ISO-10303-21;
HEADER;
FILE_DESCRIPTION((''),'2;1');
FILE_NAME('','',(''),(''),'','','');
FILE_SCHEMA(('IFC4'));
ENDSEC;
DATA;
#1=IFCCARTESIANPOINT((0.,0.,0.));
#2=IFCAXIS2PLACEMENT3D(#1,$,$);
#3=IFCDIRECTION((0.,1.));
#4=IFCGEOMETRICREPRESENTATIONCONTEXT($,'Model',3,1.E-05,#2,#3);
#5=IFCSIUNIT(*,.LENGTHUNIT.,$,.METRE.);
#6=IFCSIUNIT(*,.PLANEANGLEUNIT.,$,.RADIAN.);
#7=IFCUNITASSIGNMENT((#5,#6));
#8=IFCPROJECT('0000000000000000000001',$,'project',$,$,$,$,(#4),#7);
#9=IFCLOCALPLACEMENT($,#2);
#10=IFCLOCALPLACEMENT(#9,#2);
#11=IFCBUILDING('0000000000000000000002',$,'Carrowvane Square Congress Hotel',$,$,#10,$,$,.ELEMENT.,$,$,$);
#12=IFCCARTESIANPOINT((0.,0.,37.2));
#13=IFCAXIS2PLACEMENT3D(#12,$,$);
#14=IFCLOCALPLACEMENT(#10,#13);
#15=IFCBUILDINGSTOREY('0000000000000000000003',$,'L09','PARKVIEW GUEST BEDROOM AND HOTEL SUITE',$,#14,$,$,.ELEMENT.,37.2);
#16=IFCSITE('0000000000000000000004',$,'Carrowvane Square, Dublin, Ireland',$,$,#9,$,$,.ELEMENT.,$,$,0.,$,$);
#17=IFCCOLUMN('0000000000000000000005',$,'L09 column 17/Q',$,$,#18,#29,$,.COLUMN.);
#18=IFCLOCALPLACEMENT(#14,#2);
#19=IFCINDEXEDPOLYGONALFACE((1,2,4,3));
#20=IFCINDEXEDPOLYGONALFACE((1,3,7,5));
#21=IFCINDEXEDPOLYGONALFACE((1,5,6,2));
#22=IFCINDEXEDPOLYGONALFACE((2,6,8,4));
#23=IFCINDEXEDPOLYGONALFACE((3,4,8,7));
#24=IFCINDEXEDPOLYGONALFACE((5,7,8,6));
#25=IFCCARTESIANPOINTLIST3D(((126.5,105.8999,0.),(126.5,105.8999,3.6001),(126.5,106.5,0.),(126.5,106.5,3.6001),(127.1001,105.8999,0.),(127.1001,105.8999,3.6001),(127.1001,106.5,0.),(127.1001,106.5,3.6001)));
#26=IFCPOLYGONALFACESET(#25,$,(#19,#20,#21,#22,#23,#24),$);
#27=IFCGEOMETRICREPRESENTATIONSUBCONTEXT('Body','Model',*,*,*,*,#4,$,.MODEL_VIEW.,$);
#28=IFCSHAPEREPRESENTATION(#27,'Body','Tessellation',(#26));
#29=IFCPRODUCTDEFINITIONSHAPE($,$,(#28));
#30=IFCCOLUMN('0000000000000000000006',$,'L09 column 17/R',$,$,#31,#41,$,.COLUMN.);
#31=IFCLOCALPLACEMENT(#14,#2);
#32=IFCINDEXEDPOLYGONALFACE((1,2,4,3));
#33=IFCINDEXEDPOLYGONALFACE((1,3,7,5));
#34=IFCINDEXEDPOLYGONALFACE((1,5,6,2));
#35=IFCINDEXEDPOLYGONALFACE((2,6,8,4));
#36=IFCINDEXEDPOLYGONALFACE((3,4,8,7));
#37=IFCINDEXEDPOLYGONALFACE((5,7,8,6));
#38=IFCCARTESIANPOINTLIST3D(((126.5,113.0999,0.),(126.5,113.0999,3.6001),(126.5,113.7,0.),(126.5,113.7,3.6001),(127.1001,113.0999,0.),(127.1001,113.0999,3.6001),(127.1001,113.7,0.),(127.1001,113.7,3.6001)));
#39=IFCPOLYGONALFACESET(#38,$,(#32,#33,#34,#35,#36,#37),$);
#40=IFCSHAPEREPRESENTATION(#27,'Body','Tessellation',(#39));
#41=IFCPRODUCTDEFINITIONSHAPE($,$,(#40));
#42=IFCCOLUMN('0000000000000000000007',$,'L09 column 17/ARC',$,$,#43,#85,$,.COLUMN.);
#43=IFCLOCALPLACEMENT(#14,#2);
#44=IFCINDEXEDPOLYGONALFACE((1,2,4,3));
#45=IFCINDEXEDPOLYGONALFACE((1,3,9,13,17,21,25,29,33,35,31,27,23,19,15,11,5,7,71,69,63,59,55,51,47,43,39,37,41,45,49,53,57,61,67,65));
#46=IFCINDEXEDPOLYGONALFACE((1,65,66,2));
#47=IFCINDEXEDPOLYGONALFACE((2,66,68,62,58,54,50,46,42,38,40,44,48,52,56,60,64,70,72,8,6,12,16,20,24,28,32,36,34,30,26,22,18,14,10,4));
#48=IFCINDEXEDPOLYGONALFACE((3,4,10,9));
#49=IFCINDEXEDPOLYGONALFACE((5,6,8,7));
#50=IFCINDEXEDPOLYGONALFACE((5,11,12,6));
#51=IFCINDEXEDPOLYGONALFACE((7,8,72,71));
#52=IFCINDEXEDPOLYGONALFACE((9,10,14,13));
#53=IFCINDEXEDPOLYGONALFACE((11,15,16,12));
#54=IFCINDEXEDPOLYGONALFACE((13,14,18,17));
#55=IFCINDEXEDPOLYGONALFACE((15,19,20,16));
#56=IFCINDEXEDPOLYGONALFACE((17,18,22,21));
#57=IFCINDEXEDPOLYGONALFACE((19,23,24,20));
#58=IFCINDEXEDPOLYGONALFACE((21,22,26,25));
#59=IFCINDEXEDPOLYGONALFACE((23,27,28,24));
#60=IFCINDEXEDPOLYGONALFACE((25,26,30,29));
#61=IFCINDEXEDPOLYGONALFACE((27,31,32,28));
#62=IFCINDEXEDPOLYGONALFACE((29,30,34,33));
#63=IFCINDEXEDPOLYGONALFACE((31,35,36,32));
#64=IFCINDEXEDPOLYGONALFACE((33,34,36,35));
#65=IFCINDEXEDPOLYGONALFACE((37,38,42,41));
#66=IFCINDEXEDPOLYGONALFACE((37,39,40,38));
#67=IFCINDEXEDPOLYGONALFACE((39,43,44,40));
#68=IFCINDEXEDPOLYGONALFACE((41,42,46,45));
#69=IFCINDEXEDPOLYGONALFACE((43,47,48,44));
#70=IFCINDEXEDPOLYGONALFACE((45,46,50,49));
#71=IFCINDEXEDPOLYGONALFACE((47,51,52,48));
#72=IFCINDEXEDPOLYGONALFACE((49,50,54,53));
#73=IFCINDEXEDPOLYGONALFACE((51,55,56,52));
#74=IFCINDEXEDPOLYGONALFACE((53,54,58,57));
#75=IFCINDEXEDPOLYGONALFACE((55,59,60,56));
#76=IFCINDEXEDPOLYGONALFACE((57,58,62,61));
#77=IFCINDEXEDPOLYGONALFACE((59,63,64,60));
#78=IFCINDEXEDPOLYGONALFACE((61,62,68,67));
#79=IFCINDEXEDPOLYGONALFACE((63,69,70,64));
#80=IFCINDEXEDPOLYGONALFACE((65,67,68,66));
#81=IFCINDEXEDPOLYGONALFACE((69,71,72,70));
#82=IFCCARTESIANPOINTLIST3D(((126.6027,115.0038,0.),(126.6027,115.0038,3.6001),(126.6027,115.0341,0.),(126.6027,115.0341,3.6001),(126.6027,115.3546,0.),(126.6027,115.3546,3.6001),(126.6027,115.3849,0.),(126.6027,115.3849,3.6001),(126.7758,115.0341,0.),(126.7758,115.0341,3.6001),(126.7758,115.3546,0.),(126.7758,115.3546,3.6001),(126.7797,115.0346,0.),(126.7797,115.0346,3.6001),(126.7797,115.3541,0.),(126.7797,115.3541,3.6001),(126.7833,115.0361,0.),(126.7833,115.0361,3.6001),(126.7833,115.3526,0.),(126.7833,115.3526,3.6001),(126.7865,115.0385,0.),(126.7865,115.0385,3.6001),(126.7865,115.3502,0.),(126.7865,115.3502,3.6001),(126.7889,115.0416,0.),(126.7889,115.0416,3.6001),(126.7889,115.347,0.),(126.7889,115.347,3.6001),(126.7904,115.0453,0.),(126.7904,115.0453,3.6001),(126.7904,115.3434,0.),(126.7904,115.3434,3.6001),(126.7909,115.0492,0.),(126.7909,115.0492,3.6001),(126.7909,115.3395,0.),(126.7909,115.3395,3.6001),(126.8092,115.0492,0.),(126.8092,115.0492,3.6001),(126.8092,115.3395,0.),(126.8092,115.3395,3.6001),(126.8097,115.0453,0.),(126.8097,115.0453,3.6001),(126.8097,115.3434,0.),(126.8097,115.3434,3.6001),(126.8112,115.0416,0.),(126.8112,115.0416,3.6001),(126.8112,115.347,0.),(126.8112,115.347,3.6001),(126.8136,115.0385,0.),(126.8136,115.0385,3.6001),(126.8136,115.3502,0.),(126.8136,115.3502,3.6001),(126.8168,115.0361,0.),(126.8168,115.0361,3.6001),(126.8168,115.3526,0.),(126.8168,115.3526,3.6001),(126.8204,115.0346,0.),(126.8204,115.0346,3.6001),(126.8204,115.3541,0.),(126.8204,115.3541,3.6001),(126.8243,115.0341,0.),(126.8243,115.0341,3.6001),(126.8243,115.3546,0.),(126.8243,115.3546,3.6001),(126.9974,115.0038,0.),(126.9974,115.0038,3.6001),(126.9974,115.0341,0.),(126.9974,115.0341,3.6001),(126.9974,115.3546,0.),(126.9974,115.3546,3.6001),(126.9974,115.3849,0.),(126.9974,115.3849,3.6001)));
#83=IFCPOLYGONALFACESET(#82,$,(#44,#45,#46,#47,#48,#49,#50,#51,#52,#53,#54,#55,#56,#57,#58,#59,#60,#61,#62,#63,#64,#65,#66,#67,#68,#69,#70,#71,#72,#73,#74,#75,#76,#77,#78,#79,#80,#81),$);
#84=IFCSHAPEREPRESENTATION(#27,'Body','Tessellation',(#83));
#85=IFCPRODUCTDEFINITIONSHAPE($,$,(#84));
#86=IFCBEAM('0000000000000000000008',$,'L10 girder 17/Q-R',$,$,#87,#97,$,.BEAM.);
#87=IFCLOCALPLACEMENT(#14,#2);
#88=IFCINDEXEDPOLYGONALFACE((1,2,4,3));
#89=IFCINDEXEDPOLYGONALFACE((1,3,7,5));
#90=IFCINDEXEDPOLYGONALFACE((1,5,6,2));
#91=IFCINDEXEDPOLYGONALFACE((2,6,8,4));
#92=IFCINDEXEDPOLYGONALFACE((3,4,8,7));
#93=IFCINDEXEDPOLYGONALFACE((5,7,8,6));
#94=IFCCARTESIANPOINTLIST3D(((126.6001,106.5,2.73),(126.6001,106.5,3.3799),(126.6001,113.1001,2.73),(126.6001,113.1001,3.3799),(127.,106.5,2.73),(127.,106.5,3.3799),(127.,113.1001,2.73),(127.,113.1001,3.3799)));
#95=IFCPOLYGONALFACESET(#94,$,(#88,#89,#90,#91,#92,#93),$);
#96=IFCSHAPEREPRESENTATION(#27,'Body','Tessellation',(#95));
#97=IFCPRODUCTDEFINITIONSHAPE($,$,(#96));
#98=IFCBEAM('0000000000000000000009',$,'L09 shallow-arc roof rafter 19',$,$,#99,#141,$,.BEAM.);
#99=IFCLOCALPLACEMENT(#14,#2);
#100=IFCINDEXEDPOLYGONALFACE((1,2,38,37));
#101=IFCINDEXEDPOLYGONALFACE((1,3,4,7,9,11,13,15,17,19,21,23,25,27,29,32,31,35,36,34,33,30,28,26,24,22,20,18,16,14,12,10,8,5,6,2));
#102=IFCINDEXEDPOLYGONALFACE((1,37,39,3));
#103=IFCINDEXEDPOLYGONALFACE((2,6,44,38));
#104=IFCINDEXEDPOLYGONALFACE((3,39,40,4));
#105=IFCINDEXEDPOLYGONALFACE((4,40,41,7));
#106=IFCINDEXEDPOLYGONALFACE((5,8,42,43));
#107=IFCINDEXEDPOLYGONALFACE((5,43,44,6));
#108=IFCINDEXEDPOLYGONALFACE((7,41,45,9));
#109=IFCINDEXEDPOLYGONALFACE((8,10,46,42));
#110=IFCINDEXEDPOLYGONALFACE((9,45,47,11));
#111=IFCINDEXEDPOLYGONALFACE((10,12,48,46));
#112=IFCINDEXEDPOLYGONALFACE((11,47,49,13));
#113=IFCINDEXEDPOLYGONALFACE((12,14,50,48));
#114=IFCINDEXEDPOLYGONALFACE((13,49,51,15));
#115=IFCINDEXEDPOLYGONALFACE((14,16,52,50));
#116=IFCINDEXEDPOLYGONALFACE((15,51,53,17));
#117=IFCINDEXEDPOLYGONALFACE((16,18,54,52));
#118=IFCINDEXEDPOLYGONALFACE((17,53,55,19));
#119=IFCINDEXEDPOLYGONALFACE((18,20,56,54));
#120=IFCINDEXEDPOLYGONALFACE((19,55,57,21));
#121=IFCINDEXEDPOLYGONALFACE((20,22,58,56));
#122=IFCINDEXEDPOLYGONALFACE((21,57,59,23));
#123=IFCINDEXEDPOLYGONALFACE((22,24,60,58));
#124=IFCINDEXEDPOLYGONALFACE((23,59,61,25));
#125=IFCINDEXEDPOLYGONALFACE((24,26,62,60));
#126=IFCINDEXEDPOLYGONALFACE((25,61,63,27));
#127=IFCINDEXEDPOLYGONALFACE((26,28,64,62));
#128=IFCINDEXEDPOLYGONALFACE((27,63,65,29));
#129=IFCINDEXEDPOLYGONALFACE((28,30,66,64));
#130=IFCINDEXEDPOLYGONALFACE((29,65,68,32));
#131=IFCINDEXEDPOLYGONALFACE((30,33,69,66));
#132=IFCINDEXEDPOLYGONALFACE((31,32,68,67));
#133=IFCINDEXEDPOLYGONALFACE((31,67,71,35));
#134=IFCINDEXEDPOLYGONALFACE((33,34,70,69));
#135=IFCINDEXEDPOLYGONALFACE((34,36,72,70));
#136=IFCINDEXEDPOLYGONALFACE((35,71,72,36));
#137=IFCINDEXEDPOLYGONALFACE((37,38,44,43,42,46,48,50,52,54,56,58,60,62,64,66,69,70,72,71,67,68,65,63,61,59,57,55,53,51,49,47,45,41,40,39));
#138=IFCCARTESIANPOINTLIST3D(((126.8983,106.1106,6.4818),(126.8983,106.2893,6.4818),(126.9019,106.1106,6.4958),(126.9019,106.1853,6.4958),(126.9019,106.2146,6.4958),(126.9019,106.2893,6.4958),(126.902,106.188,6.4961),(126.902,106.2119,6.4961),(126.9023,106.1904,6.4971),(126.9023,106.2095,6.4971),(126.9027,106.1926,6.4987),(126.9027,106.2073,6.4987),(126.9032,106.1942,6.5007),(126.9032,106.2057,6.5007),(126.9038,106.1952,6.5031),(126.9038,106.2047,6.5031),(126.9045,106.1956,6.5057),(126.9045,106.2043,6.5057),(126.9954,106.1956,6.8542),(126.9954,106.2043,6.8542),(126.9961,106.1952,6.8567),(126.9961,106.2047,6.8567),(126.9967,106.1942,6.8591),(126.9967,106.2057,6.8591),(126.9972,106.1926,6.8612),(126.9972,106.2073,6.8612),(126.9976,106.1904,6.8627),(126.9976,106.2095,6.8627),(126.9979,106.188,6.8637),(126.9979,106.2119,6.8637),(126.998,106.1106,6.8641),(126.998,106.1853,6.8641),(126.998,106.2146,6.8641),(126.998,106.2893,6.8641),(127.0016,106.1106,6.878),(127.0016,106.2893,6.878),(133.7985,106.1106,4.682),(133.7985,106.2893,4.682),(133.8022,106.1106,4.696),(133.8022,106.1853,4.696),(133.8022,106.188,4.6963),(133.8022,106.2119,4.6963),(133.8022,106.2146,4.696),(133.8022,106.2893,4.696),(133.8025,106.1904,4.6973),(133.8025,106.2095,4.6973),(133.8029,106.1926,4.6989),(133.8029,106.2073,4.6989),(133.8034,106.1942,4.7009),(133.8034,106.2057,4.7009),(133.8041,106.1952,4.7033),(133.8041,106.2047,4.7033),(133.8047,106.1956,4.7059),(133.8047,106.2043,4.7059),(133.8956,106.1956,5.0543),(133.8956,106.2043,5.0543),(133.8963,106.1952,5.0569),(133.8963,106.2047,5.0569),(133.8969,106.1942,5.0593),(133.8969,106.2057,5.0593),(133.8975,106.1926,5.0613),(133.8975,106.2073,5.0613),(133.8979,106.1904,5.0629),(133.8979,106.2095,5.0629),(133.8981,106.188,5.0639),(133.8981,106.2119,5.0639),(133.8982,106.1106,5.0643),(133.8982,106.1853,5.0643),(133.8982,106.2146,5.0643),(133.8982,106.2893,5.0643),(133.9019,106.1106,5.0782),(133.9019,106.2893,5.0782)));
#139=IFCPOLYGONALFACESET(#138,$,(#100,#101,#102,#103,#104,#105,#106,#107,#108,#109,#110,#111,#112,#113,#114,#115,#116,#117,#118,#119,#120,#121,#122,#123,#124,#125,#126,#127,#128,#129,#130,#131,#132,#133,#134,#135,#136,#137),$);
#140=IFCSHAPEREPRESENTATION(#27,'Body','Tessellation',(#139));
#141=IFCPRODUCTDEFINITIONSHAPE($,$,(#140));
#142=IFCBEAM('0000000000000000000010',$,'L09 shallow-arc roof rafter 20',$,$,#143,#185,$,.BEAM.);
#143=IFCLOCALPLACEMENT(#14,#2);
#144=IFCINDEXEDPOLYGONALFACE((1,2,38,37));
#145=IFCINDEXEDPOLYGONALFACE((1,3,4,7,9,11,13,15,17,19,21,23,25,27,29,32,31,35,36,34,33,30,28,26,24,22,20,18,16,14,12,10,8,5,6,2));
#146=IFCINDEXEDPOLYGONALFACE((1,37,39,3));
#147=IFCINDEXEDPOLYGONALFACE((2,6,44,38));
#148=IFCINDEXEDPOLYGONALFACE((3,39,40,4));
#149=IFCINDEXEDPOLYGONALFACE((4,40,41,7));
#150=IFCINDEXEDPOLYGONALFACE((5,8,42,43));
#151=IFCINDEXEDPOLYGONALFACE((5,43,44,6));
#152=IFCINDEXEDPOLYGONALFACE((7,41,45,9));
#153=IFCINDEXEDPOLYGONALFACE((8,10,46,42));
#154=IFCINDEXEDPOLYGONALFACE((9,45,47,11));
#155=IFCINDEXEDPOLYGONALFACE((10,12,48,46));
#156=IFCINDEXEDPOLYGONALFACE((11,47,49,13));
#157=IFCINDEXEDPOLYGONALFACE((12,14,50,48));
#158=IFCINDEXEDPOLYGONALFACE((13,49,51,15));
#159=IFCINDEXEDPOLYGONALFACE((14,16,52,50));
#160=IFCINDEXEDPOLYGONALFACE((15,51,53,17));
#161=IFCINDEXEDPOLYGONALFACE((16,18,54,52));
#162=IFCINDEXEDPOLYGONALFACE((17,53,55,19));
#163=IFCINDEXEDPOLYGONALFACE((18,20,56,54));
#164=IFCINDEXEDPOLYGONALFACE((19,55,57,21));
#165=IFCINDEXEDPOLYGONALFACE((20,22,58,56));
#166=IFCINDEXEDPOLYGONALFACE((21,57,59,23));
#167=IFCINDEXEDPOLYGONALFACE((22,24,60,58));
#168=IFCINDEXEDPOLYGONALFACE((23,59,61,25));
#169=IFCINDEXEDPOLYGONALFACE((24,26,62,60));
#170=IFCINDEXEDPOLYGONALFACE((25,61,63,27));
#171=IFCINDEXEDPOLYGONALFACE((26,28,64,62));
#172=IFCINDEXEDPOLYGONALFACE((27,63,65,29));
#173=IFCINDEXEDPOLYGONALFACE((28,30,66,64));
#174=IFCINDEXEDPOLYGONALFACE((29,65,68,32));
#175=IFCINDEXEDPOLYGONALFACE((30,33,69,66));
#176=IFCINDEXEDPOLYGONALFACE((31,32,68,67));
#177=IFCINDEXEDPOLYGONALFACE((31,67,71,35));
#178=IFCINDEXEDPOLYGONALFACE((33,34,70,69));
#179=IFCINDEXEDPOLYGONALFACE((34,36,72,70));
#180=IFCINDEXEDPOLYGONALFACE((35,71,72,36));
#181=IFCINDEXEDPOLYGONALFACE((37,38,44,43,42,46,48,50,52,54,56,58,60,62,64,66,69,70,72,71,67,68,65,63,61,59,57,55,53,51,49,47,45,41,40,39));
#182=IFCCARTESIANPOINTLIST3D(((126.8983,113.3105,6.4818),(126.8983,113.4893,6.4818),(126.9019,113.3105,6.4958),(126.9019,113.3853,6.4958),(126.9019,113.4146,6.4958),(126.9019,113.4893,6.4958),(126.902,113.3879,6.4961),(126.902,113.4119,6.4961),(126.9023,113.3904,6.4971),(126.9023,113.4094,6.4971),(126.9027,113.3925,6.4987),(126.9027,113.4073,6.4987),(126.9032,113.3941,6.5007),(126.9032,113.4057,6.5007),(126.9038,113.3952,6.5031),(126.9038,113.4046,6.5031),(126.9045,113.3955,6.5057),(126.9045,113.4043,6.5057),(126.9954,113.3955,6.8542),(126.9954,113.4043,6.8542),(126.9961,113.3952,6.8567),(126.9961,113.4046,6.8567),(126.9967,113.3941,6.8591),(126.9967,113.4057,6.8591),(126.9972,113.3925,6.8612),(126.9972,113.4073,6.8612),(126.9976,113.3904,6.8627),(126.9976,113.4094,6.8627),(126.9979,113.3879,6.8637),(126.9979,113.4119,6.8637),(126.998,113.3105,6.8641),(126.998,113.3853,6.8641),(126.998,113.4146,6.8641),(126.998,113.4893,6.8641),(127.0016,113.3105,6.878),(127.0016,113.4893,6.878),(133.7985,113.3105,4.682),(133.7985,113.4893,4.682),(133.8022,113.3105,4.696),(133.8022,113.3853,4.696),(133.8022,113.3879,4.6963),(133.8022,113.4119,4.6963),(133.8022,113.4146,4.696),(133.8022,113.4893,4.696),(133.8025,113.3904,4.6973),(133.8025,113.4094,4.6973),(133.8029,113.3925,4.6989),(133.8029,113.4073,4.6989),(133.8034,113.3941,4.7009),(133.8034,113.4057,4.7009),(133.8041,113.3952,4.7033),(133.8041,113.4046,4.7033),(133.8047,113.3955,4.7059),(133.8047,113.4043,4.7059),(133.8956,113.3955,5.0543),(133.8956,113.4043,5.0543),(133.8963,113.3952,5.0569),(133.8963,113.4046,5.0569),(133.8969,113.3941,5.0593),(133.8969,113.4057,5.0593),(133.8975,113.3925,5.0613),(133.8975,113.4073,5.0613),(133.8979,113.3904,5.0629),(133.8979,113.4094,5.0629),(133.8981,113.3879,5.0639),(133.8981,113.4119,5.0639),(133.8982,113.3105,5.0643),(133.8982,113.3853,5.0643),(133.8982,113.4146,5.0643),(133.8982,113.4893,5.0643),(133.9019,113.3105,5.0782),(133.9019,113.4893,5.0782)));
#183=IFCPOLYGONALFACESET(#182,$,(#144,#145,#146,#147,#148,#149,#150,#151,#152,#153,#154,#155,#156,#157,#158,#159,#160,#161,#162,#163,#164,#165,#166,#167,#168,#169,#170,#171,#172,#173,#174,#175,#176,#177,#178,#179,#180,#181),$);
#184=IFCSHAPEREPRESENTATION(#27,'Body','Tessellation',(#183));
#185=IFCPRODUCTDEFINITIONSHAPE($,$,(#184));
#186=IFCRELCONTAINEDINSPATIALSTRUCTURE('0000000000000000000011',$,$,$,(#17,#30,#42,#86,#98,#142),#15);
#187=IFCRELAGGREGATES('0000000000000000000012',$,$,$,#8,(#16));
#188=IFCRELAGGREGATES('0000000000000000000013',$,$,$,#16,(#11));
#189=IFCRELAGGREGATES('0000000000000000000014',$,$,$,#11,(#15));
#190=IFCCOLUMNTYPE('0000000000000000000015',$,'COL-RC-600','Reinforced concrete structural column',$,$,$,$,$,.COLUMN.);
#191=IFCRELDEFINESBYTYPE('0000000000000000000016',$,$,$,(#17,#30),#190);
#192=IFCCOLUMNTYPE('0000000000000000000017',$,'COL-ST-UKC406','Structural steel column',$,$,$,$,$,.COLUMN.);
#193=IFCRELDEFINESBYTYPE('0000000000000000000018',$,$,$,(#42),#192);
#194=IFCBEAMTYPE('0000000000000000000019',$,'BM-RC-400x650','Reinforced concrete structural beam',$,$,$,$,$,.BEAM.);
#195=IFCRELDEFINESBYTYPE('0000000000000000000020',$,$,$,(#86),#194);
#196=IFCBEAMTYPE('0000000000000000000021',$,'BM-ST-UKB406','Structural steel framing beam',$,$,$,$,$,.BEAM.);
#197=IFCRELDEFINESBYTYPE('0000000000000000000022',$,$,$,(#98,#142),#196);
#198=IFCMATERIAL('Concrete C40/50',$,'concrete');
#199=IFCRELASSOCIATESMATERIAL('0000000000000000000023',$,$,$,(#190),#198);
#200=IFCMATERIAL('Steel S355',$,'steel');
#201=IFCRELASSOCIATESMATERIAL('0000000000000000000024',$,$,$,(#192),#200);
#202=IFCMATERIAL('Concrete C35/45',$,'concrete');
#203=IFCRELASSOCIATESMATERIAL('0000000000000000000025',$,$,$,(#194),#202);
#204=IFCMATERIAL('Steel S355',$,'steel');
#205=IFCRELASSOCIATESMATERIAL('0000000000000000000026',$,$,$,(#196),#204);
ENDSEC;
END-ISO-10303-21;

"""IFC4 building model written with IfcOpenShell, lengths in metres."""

from ifc_helpers import new_model, si_unit, direction, frame, origin, origin_2d, place, context, subcontext, project, spatial, rectangle, i_section, extrude, material, material_profile, profile_set, type_object, element, save


model = new_model("IFC4")

# Units and contexts
model_context = context("Model", 3, precision=1e-05, world=origin(), true_north=direction((0.0, 1.0)))
body_context = subcontext(model_context, "Body", "Model", "MODEL_VIEW")
ifc_project = project(units=[si_unit("LENGTHUNIT", "METRE"), si_unit("PLANEANGLEUNIT", "RADIAN")], contexts=[model_context])

# Site, building, storey
site_placement = place(None, origin())
site = spatial("IfcSite", under=ifc_project, at=site_placement, Name="Carrowvane Square, Dublin, Ireland", CompositionType="ELEMENT", RefElevation=0.0)
building_placement = place(site_placement, origin())
building = spatial("IfcBuilding", under=site, at=building_placement, Name="Carrowvane Square Congress Hotel", CompositionType="ELEMENT")
storey_placement = place(building_placement, frame((0.0, 0.0, 37.2)))
storey = spatial("IfcBuildingStorey", under=building, at=storey_placement, Name="L09", Description="PARKVIEW GUEST BEDROOM AND HOTEL SUITE", CompositionType="ELEMENT", Elevation=37.2)

# Columns
ifc_material_1 = material(Name="Concrete C40/50", Category="concrete")
ifc_material_profile_1 = material_profile(ifc_material_1, rectangle(XDim=0.6001, YDim=0.6001, at=origin_2d()), Name="RC 600x600")
ifc_profile_set_1 = profile_set([ifc_material_profile_1], Name="Concrete C40/50")
column_type_1 = type_object("IfcColumnType", Name="COL-RC-600", Description="Reinforced concrete structural column", PredefinedType="COLUMN", material=ifc_profile_set_1)
for number, where, z_axis, x_axis, name in (
    (1, (126.8, 106.2, 0.0), (0.0, 0.0, 1.0), (1.0, 0.0, 0.0), "L09 column 17/Q"),
    (2, (126.8, 113.3999, 0.0), (0.0, 0.0, 1.0), (1.0, 0.0, 0.0), "L09 column 17/R"),
):
    element("IfcColumn", number, at=place(storey_placement, frame(where, z_axis=z_axis, x_axis=x_axis)), inside=storey, type_object=column_type_1, Name=name, PredefinedType="COLUMN", context=body_context, shape_type="SweptSolid", body=[
        extrude(rectangle(XDim=0.6001, YDim=0.6001, at=origin_2d()), origin(), (0.0, 0.0, 1.0), 3.6001),
    ])
ifc_material_2 = material(Name="Steel S355", Category="steel")
ifc_material_profile_2 = material_profile(ifc_material_2, i_section(OverallWidth=0.3948, OverallDepth=0.3811, WebThickness=0.0183, FlangeThickness=0.0303, FilletRadius=0.0151, at=origin_2d()), Name="UKC 356x406x235")
ifc_profile_set_2 = profile_set([ifc_material_profile_2], Name="Steel S355")
column_type_2 = type_object("IfcColumnType", Name="COL-ST-UKC406", Description="Structural steel column", PredefinedType="COLUMN", material=ifc_profile_set_2)
column_placement = place(storey_placement, frame((126.8, 115.1943, 0.0), z_axis=(0.0, 0.0, 1.0), x_axis=(1.0, 0.0, 0.0)))
element("IfcColumn", 3, at=column_placement, inside=storey, type_object=column_type_2, Name="L09 column 17/ARC", PredefinedType="COLUMN", context=body_context, shape_type="SweptSolid", body=[
    extrude(i_section(OverallWidth=0.3948, OverallDepth=0.3811, WebThickness=0.0183, FlangeThickness=0.0303, FilletRadius=0.0151, at=origin_2d()), origin(), (0.0, 0.0, 1.0), 3.6001),
])

# Beams
ifc_material_3 = material(Name="Concrete C35/45", Category="concrete")
ifc_material_profile_3 = material_profile(ifc_material_3, rectangle(XDim=0.3999, YDim=0.6499, at=origin_2d()), Name="RC 400x650")
ifc_profile_set_3 = profile_set([ifc_material_profile_3], Name="Concrete C35/45")
beam_type_1 = type_object("IfcBeamType", Name="BM-RC-400x650", Description="Reinforced concrete structural beam", PredefinedType="BEAM", material=ifc_profile_set_3)
beam_placement = place(storey_placement, frame((126.8, 106.5, 3.0549), z_axis=(0.0, 1.0, 0.0), x_axis=(-1.0, 0.0, 0.0)))
element("IfcBeam", 4, at=beam_placement, inside=storey, type_object=beam_type_1, Name="L10 girder 17/Q-R", PredefinedType="BEAM", context=body_context, shape_type="SweptSolid", body=[
    extrude(rectangle(XDim=0.3999, YDim=0.6499, at=origin_2d()), origin(), (0.0, 0.0, 1.0), 6.6001),
])
ifc_material_4 = material(Name="Steel S355", Category="steel")
ifc_material_profile_4 = material_profile(ifc_material_4, i_section(OverallWidth=0.1787, OverallDepth=0.4094, WebThickness=0.0088, FlangeThickness=0.0144, FilletRadius=0.0103, at=origin_2d()), Name="UKB 406x178x67")
ifc_profile_set_4 = profile_set([ifc_material_profile_4], Name="Steel S355")
beam_type_2 = type_object("IfcBeamType", Name="BM-ST-UKB406", Description="Structural steel framing beam", PredefinedType="BEAM", material=ifc_profile_set_4)
for number, where, z_axis, x_axis, name in (
    (5, (126.95, 106.2, 6.6799), (0.967625, 0.0, -0.252391), (0.0, 1.0, 0.0), "L09 shallow-arc roof rafter 19"),
    (6, (126.95, 113.3999, 6.6799), (0.967625, 0.0, -0.252391), (0.0, 1.0, 0.0), "L09 shallow-arc roof rafter 20"),
):
    element("IfcBeam", number, at=place(storey_placement, frame(where, z_axis=z_axis, x_axis=x_axis)), inside=storey, type_object=beam_type_2, Name=name, PredefinedType="BEAM", context=body_context, shape_type="SweptSolid", body=[
        extrude(i_section(OverallWidth=0.1787, OverallDepth=0.4094, WebThickness=0.0088, FlangeThickness=0.0144, FilletRadius=0.0103, at=origin_2d()), origin(), (0.0, 0.0, 1.0), 7.1311),
    ])

save(model, "model.ifc")
